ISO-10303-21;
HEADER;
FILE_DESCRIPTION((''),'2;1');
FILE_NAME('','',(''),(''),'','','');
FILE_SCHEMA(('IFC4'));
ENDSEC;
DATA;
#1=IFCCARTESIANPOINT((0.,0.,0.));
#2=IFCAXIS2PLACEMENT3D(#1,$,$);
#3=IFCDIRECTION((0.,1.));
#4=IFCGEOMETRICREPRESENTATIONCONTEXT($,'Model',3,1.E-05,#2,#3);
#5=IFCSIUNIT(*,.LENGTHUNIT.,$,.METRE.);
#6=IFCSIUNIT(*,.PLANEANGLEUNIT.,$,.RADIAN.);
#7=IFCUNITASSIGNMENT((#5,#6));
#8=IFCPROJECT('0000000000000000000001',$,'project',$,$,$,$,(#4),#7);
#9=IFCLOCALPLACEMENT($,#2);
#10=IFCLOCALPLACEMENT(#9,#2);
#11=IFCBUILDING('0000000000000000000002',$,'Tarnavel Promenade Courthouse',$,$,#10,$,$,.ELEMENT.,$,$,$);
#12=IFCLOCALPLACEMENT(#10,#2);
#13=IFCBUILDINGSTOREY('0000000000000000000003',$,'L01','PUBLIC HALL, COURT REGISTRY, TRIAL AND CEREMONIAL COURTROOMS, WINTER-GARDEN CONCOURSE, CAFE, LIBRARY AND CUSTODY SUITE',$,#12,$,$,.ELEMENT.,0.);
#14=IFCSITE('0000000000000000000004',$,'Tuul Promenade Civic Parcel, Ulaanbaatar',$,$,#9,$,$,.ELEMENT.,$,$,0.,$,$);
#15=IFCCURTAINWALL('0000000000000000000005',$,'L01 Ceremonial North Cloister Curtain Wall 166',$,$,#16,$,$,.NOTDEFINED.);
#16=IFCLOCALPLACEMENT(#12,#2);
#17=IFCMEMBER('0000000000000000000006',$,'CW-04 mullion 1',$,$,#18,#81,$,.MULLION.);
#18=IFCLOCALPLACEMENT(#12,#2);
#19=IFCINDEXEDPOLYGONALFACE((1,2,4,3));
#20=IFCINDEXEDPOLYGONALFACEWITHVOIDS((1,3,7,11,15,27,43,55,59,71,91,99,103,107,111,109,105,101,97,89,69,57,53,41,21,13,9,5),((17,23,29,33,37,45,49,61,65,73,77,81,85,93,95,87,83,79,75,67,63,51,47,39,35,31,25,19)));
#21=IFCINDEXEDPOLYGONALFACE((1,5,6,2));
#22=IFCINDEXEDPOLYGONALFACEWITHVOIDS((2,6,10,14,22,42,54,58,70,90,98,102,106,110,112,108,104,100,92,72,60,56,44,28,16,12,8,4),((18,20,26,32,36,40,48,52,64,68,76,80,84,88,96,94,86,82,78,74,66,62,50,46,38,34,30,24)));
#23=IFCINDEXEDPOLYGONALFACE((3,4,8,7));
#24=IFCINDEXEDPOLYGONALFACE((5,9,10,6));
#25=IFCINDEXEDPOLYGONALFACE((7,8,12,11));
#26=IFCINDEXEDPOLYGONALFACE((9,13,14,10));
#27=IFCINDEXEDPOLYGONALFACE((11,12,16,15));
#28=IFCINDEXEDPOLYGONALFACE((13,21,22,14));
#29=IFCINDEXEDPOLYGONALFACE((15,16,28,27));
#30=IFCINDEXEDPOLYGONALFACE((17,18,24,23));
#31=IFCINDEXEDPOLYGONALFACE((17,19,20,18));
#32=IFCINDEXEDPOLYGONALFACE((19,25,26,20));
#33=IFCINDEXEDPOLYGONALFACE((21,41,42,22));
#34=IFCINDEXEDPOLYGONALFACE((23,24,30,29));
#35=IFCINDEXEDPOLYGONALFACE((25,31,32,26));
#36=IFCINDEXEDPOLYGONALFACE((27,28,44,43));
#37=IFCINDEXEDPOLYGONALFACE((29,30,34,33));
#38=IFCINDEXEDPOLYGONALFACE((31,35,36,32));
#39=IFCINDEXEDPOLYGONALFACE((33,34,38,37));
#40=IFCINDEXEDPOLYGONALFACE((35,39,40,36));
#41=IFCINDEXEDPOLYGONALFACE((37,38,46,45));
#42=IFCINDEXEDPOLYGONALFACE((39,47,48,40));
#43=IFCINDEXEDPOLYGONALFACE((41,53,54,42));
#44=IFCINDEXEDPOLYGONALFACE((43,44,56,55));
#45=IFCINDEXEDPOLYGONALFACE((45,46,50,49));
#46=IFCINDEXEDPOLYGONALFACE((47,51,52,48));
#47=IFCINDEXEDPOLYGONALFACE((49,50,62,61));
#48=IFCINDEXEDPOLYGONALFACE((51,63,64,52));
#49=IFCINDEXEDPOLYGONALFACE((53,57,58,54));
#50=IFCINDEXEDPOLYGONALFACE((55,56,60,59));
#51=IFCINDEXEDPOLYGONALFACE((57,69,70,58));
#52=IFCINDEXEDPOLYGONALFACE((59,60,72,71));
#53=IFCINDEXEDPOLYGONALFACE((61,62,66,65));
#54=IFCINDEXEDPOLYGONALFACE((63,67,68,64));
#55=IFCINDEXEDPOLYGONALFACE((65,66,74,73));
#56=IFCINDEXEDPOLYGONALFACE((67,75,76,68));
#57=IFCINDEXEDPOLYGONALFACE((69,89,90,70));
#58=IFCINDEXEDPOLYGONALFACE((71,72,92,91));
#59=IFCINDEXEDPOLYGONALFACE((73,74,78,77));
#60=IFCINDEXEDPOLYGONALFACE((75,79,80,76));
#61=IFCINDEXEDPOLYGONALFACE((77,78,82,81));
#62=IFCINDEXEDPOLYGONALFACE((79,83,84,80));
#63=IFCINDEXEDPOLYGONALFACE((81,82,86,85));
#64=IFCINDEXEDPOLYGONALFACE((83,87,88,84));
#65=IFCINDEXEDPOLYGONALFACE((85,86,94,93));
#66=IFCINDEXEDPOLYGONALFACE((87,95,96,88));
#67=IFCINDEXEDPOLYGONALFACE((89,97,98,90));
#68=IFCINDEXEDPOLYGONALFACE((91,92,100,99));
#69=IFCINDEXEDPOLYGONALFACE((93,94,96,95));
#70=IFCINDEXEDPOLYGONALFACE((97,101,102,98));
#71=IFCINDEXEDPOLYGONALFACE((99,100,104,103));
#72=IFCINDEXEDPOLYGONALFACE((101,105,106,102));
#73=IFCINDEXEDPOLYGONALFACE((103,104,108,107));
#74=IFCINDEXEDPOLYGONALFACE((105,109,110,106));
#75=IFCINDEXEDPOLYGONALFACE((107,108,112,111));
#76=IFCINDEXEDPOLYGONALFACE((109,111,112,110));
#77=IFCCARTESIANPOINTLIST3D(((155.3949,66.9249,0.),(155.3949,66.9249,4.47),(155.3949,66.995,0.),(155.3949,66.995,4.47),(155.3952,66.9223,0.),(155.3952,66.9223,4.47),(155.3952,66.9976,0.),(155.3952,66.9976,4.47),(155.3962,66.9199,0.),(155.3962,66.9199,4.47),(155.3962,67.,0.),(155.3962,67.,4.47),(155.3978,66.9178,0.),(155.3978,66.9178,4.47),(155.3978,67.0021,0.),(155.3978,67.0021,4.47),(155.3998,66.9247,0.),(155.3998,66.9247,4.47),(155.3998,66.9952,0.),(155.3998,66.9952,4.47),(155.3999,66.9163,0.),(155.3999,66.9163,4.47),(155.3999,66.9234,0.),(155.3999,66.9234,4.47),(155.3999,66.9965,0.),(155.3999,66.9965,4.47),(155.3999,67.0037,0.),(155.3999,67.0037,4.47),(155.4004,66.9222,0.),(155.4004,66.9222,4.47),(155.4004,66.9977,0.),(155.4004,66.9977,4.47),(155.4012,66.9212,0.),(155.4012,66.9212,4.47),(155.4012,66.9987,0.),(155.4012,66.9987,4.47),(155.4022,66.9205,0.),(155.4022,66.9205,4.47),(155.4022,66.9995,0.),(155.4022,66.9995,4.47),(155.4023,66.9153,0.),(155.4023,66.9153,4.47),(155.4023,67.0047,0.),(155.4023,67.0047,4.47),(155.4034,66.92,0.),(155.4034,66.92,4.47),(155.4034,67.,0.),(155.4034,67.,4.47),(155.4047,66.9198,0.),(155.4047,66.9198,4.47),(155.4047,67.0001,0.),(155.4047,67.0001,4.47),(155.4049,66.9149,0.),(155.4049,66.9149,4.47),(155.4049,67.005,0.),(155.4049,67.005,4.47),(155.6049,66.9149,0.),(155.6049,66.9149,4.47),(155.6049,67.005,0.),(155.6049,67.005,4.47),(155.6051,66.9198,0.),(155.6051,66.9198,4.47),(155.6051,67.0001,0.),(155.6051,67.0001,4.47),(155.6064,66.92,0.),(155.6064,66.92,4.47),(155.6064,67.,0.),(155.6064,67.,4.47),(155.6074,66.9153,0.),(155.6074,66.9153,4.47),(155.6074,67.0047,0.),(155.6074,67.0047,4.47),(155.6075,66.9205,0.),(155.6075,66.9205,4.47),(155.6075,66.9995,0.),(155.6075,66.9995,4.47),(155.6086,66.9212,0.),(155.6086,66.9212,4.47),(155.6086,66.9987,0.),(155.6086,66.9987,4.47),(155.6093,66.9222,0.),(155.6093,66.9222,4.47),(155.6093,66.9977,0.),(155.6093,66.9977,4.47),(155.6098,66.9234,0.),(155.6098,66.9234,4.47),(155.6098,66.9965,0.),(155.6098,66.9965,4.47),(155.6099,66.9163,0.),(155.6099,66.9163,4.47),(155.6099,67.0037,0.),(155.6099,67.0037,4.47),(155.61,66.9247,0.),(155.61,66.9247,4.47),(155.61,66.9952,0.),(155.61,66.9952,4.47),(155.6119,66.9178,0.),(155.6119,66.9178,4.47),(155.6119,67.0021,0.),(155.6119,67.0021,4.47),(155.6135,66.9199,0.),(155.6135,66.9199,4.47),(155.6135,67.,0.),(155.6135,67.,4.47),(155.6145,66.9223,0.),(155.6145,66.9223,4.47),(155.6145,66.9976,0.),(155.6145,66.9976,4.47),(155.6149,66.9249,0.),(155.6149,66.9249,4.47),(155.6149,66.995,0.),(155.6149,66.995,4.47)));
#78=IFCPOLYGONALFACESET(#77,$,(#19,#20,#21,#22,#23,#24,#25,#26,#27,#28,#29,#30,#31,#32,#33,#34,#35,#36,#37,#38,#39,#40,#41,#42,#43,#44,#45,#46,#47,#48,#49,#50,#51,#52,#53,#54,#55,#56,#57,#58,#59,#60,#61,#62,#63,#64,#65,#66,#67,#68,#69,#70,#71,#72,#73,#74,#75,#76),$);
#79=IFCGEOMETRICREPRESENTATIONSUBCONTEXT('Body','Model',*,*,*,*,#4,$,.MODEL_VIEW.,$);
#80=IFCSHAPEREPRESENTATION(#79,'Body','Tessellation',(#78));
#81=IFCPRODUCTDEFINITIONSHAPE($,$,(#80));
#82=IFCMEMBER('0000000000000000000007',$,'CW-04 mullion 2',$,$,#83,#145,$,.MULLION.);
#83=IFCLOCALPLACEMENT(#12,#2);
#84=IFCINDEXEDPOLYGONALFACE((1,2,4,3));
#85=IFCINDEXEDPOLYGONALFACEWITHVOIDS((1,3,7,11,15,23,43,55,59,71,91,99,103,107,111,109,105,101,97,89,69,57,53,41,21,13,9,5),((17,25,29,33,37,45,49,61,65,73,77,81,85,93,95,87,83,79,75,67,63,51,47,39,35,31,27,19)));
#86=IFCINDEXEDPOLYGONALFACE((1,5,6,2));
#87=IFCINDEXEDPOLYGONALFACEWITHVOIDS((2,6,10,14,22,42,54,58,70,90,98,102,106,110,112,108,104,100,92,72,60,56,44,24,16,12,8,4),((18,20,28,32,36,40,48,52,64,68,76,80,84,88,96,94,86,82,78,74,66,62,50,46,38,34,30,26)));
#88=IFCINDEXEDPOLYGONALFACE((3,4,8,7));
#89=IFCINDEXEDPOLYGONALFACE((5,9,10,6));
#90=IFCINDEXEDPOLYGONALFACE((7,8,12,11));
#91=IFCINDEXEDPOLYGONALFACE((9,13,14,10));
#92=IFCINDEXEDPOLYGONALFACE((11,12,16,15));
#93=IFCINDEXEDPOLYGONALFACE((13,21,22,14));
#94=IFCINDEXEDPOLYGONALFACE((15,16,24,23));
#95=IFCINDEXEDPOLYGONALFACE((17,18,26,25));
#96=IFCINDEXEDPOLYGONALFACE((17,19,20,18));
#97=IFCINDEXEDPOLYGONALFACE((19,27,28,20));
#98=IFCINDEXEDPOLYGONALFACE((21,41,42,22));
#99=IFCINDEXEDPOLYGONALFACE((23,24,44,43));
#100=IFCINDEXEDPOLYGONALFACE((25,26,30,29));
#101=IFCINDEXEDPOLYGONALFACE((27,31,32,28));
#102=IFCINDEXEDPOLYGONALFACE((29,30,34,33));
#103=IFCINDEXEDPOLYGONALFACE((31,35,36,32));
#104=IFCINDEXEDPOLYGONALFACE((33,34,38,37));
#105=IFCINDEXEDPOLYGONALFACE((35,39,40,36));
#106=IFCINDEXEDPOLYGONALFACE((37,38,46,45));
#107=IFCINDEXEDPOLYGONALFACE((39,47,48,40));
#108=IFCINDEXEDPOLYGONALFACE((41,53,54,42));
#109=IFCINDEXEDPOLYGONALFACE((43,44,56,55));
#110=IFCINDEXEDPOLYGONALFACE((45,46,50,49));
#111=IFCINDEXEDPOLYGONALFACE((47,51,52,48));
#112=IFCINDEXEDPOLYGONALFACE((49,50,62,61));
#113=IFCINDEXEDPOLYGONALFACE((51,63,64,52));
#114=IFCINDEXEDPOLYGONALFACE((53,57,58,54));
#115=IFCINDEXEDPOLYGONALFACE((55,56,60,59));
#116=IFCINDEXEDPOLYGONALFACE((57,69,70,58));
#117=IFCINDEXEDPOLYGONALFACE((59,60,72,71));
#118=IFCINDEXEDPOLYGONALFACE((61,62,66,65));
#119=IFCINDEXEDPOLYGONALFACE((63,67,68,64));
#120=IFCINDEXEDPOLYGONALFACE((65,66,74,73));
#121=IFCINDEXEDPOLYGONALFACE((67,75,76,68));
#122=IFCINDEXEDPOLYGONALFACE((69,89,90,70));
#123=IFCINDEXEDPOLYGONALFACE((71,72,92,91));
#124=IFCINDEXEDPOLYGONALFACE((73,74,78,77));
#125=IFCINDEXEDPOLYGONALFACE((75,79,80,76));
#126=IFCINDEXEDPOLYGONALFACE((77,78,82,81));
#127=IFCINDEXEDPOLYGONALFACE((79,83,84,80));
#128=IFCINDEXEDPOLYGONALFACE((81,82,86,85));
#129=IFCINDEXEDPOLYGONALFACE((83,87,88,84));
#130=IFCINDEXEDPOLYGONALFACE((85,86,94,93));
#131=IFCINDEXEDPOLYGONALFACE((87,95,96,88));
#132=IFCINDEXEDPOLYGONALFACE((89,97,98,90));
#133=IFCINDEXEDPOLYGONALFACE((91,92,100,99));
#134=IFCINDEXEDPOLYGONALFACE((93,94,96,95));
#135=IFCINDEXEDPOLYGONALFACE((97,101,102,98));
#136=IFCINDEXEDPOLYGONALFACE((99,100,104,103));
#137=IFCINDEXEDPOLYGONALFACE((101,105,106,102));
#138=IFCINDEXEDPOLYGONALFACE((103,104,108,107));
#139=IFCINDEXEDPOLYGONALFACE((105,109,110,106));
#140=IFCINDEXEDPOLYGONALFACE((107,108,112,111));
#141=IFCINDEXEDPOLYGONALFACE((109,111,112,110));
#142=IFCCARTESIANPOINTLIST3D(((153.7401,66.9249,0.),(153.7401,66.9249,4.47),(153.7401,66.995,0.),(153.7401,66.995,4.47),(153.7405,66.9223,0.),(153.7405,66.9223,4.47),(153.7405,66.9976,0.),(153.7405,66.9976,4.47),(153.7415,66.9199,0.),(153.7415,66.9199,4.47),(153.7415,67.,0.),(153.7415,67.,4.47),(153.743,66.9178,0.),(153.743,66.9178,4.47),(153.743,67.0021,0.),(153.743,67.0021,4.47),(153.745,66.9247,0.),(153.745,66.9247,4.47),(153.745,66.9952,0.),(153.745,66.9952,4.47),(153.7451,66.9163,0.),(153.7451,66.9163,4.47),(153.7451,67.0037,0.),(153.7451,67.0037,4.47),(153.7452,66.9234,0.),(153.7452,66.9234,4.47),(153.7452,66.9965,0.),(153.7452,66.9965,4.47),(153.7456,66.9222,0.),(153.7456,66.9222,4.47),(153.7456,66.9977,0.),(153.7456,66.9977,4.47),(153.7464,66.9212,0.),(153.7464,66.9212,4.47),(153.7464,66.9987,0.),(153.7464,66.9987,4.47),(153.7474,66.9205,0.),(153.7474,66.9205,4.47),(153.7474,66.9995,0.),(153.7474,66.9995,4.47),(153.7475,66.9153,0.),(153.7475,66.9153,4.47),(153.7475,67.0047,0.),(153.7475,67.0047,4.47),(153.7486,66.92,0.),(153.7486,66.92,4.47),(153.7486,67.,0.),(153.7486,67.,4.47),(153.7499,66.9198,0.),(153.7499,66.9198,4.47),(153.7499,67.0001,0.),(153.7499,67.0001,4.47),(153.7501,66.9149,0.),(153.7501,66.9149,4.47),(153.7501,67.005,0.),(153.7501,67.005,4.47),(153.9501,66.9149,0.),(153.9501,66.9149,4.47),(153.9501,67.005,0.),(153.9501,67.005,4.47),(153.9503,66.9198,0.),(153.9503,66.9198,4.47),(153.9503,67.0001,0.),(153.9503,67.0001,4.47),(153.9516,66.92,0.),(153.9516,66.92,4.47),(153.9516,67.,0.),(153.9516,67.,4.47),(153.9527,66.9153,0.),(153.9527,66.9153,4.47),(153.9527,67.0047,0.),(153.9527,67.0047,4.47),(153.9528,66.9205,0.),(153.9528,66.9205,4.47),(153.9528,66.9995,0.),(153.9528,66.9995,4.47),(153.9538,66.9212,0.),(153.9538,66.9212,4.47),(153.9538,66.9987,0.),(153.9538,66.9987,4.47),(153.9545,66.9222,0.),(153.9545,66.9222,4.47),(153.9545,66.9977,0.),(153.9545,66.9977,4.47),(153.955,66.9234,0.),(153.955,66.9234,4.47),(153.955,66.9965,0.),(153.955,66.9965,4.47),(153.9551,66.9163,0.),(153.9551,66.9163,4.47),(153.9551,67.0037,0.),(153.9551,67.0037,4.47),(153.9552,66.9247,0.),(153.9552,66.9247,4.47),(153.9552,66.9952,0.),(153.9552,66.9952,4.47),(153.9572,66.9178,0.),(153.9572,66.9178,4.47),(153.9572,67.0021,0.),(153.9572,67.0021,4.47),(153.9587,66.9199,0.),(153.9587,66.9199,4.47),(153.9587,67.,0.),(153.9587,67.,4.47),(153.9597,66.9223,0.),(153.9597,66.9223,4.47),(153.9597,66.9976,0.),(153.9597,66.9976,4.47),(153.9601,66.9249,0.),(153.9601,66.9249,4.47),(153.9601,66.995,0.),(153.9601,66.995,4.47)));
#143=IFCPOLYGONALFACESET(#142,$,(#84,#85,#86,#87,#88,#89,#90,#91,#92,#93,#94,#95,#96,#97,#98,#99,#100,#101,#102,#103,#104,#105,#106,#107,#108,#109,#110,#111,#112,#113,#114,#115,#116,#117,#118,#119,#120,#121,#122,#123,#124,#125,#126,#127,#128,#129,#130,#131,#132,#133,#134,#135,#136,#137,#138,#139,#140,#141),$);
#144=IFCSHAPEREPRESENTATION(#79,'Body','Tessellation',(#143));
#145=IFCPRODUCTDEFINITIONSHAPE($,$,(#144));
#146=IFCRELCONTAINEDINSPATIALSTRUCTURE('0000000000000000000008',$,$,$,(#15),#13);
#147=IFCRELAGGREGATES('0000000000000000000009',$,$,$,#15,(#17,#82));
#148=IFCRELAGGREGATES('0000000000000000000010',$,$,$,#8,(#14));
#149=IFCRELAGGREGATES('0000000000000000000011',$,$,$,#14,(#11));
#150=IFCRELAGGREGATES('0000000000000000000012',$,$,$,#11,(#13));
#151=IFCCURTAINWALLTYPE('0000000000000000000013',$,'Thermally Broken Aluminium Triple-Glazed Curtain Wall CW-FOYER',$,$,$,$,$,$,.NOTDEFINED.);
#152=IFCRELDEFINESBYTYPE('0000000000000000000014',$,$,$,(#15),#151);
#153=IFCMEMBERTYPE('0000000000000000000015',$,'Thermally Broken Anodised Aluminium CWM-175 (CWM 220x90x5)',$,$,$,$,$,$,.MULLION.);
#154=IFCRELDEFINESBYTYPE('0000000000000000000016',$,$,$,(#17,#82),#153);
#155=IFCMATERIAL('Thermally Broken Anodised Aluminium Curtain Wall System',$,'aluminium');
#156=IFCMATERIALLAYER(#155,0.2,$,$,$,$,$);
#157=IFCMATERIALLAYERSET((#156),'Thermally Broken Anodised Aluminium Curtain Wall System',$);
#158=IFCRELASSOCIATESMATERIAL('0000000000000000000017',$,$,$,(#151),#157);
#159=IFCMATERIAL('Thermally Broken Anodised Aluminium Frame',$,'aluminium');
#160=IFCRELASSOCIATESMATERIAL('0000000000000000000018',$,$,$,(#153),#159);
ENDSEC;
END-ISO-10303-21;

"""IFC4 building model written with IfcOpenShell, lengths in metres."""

from ifc_helpers import new_model, si_unit, direction, frame, origin, origin_2d, place, context, subcontext, project, spatial, hollow_rectangle, extrude, material, layer, layer_set, material_profile, profile_set, type_object, element, aggregate, save


model = new_model("IFC4")

# Units and contexts
model_context = context("Model", 3, precision=1e-05, world=origin(), true_north=direction((0.0, 1.0)))
body_context = subcontext(model_context, "Body", "Model", "MODEL_VIEW")
ifc_project = project(units=[si_unit("LENGTHUNIT", "METRE"), si_unit("PLANEANGLEUNIT", "RADIAN")], contexts=[model_context])

# Site, building, storey
site_placement = place(None, origin())
site = spatial("IfcSite", under=ifc_project, at=site_placement, Name="Tuul Promenade Civic Parcel, Ulaanbaatar", CompositionType="ELEMENT", RefElevation=0.0)
building_placement = place(site_placement, origin())
building = spatial("IfcBuilding", under=site, at=building_placement, Name="Tarnavel Promenade Courthouse", CompositionType="ELEMENT")
storey_placement = place(building_placement, origin())
storey = spatial("IfcBuildingStorey", under=building, at=storey_placement, Name="L01", Description="PUBLIC HALL, COURT REGISTRY, TRIAL AND CEREMONIAL COURTROOMS, WINTER-GARDEN CONCOURSE, CAFE, LIBRARY AND CUSTODY SUITE", CompositionType="ELEMENT", Elevation=0.0)

# Shared definitions
ifc_material_1 = material(Name="Thermally Broken Anodised Aluminium Curtain Wall System", Category="aluminium")
ifc_layer_1 = layer(ifc_material_1, 0.2)
ifc_layer_set_1 = layer_set([ifc_layer_1], Name="Thermally Broken Anodised Aluminium Curtain Wall System")
curtain_wall_type = type_object("IfcCurtainWallType", Name="Thermally Broken Aluminium Triple-Glazed Curtain Wall CW-FOYER", PredefinedType="NOTDEFINED", material=ifc_layer_set_1)
ifc_material_2 = material(Name="Thermally Broken Anodised Aluminium Frame", Category="aluminium")
ifc_material_profile_1 = material_profile(ifc_material_2, hollow_rectangle(XDim=0.0901, YDim=0.22, WallThickness=0.0049, InnerFilletRadius=0.0049, OuterFilletRadius=0.01, at=origin_2d()), Name="CWM 220x90x5")
ifc_profile_set_1 = profile_set([ifc_material_profile_1], Name="Thermally Broken Anodised Aluminium Frame")
member_type_1 = type_object("IfcMemberType", Name="Thermally Broken Anodised Aluminium CWM-175 (CWM 220x90x5)", PredefinedType="MULLION", material=ifc_profile_set_1)

# Curtain wall, members
curtain_wall_1_placement = place(storey_placement, origin())
curtain_wall_1 = element("IfcCurtainWall", 1, at=curtain_wall_1_placement, inside=storey, type_object=curtain_wall_type, Name="L01 Ceremonial North Cloister Curtain Wall 166", PredefinedType="NOTDEFINED")
member_1_placement = place(storey_placement, frame((155.5049, 66.96, 0.0), z_axis=(0.0, 0.0, 1.0), x_axis=(0.0, -1.0, 0.0)))
member_1 = element("IfcMember", 2, at=member_1_placement, type_object=member_type_1, Name="CW-04 mullion 1", PredefinedType="MULLION", context=body_context, shape_type="SweptSolid", body=[
    extrude(hollow_rectangle(XDim=0.0901, YDim=0.22, WallThickness=0.0049, InnerFilletRadius=0.0049, OuterFilletRadius=0.01, at=origin_2d()), origin(), (0.0, 0.0, 1.0), 4.47),
])
member_2_placement = place(storey_placement, frame((153.8501, 66.96, 0.0), z_axis=(0.0, 0.0, 1.0), x_axis=(0.0, -1.0, 0.0)))
member_2 = element("IfcMember", 3, at=member_2_placement, type_object=member_type_1, Name="CW-04 mullion 2", PredefinedType="MULLION", context=body_context, shape_type="SweptSolid", body=[
    extrude(hollow_rectangle(XDim=0.0901, YDim=0.22, WallThickness=0.0049, InnerFilletRadius=0.0049, OuterFilletRadius=0.01, at=origin_2d()), origin(), (0.0, 0.0, 1.0), 4.47),
])

aggregate(curtain_wall_1, [member_1, member_2])

save(model, "model.ifc")
